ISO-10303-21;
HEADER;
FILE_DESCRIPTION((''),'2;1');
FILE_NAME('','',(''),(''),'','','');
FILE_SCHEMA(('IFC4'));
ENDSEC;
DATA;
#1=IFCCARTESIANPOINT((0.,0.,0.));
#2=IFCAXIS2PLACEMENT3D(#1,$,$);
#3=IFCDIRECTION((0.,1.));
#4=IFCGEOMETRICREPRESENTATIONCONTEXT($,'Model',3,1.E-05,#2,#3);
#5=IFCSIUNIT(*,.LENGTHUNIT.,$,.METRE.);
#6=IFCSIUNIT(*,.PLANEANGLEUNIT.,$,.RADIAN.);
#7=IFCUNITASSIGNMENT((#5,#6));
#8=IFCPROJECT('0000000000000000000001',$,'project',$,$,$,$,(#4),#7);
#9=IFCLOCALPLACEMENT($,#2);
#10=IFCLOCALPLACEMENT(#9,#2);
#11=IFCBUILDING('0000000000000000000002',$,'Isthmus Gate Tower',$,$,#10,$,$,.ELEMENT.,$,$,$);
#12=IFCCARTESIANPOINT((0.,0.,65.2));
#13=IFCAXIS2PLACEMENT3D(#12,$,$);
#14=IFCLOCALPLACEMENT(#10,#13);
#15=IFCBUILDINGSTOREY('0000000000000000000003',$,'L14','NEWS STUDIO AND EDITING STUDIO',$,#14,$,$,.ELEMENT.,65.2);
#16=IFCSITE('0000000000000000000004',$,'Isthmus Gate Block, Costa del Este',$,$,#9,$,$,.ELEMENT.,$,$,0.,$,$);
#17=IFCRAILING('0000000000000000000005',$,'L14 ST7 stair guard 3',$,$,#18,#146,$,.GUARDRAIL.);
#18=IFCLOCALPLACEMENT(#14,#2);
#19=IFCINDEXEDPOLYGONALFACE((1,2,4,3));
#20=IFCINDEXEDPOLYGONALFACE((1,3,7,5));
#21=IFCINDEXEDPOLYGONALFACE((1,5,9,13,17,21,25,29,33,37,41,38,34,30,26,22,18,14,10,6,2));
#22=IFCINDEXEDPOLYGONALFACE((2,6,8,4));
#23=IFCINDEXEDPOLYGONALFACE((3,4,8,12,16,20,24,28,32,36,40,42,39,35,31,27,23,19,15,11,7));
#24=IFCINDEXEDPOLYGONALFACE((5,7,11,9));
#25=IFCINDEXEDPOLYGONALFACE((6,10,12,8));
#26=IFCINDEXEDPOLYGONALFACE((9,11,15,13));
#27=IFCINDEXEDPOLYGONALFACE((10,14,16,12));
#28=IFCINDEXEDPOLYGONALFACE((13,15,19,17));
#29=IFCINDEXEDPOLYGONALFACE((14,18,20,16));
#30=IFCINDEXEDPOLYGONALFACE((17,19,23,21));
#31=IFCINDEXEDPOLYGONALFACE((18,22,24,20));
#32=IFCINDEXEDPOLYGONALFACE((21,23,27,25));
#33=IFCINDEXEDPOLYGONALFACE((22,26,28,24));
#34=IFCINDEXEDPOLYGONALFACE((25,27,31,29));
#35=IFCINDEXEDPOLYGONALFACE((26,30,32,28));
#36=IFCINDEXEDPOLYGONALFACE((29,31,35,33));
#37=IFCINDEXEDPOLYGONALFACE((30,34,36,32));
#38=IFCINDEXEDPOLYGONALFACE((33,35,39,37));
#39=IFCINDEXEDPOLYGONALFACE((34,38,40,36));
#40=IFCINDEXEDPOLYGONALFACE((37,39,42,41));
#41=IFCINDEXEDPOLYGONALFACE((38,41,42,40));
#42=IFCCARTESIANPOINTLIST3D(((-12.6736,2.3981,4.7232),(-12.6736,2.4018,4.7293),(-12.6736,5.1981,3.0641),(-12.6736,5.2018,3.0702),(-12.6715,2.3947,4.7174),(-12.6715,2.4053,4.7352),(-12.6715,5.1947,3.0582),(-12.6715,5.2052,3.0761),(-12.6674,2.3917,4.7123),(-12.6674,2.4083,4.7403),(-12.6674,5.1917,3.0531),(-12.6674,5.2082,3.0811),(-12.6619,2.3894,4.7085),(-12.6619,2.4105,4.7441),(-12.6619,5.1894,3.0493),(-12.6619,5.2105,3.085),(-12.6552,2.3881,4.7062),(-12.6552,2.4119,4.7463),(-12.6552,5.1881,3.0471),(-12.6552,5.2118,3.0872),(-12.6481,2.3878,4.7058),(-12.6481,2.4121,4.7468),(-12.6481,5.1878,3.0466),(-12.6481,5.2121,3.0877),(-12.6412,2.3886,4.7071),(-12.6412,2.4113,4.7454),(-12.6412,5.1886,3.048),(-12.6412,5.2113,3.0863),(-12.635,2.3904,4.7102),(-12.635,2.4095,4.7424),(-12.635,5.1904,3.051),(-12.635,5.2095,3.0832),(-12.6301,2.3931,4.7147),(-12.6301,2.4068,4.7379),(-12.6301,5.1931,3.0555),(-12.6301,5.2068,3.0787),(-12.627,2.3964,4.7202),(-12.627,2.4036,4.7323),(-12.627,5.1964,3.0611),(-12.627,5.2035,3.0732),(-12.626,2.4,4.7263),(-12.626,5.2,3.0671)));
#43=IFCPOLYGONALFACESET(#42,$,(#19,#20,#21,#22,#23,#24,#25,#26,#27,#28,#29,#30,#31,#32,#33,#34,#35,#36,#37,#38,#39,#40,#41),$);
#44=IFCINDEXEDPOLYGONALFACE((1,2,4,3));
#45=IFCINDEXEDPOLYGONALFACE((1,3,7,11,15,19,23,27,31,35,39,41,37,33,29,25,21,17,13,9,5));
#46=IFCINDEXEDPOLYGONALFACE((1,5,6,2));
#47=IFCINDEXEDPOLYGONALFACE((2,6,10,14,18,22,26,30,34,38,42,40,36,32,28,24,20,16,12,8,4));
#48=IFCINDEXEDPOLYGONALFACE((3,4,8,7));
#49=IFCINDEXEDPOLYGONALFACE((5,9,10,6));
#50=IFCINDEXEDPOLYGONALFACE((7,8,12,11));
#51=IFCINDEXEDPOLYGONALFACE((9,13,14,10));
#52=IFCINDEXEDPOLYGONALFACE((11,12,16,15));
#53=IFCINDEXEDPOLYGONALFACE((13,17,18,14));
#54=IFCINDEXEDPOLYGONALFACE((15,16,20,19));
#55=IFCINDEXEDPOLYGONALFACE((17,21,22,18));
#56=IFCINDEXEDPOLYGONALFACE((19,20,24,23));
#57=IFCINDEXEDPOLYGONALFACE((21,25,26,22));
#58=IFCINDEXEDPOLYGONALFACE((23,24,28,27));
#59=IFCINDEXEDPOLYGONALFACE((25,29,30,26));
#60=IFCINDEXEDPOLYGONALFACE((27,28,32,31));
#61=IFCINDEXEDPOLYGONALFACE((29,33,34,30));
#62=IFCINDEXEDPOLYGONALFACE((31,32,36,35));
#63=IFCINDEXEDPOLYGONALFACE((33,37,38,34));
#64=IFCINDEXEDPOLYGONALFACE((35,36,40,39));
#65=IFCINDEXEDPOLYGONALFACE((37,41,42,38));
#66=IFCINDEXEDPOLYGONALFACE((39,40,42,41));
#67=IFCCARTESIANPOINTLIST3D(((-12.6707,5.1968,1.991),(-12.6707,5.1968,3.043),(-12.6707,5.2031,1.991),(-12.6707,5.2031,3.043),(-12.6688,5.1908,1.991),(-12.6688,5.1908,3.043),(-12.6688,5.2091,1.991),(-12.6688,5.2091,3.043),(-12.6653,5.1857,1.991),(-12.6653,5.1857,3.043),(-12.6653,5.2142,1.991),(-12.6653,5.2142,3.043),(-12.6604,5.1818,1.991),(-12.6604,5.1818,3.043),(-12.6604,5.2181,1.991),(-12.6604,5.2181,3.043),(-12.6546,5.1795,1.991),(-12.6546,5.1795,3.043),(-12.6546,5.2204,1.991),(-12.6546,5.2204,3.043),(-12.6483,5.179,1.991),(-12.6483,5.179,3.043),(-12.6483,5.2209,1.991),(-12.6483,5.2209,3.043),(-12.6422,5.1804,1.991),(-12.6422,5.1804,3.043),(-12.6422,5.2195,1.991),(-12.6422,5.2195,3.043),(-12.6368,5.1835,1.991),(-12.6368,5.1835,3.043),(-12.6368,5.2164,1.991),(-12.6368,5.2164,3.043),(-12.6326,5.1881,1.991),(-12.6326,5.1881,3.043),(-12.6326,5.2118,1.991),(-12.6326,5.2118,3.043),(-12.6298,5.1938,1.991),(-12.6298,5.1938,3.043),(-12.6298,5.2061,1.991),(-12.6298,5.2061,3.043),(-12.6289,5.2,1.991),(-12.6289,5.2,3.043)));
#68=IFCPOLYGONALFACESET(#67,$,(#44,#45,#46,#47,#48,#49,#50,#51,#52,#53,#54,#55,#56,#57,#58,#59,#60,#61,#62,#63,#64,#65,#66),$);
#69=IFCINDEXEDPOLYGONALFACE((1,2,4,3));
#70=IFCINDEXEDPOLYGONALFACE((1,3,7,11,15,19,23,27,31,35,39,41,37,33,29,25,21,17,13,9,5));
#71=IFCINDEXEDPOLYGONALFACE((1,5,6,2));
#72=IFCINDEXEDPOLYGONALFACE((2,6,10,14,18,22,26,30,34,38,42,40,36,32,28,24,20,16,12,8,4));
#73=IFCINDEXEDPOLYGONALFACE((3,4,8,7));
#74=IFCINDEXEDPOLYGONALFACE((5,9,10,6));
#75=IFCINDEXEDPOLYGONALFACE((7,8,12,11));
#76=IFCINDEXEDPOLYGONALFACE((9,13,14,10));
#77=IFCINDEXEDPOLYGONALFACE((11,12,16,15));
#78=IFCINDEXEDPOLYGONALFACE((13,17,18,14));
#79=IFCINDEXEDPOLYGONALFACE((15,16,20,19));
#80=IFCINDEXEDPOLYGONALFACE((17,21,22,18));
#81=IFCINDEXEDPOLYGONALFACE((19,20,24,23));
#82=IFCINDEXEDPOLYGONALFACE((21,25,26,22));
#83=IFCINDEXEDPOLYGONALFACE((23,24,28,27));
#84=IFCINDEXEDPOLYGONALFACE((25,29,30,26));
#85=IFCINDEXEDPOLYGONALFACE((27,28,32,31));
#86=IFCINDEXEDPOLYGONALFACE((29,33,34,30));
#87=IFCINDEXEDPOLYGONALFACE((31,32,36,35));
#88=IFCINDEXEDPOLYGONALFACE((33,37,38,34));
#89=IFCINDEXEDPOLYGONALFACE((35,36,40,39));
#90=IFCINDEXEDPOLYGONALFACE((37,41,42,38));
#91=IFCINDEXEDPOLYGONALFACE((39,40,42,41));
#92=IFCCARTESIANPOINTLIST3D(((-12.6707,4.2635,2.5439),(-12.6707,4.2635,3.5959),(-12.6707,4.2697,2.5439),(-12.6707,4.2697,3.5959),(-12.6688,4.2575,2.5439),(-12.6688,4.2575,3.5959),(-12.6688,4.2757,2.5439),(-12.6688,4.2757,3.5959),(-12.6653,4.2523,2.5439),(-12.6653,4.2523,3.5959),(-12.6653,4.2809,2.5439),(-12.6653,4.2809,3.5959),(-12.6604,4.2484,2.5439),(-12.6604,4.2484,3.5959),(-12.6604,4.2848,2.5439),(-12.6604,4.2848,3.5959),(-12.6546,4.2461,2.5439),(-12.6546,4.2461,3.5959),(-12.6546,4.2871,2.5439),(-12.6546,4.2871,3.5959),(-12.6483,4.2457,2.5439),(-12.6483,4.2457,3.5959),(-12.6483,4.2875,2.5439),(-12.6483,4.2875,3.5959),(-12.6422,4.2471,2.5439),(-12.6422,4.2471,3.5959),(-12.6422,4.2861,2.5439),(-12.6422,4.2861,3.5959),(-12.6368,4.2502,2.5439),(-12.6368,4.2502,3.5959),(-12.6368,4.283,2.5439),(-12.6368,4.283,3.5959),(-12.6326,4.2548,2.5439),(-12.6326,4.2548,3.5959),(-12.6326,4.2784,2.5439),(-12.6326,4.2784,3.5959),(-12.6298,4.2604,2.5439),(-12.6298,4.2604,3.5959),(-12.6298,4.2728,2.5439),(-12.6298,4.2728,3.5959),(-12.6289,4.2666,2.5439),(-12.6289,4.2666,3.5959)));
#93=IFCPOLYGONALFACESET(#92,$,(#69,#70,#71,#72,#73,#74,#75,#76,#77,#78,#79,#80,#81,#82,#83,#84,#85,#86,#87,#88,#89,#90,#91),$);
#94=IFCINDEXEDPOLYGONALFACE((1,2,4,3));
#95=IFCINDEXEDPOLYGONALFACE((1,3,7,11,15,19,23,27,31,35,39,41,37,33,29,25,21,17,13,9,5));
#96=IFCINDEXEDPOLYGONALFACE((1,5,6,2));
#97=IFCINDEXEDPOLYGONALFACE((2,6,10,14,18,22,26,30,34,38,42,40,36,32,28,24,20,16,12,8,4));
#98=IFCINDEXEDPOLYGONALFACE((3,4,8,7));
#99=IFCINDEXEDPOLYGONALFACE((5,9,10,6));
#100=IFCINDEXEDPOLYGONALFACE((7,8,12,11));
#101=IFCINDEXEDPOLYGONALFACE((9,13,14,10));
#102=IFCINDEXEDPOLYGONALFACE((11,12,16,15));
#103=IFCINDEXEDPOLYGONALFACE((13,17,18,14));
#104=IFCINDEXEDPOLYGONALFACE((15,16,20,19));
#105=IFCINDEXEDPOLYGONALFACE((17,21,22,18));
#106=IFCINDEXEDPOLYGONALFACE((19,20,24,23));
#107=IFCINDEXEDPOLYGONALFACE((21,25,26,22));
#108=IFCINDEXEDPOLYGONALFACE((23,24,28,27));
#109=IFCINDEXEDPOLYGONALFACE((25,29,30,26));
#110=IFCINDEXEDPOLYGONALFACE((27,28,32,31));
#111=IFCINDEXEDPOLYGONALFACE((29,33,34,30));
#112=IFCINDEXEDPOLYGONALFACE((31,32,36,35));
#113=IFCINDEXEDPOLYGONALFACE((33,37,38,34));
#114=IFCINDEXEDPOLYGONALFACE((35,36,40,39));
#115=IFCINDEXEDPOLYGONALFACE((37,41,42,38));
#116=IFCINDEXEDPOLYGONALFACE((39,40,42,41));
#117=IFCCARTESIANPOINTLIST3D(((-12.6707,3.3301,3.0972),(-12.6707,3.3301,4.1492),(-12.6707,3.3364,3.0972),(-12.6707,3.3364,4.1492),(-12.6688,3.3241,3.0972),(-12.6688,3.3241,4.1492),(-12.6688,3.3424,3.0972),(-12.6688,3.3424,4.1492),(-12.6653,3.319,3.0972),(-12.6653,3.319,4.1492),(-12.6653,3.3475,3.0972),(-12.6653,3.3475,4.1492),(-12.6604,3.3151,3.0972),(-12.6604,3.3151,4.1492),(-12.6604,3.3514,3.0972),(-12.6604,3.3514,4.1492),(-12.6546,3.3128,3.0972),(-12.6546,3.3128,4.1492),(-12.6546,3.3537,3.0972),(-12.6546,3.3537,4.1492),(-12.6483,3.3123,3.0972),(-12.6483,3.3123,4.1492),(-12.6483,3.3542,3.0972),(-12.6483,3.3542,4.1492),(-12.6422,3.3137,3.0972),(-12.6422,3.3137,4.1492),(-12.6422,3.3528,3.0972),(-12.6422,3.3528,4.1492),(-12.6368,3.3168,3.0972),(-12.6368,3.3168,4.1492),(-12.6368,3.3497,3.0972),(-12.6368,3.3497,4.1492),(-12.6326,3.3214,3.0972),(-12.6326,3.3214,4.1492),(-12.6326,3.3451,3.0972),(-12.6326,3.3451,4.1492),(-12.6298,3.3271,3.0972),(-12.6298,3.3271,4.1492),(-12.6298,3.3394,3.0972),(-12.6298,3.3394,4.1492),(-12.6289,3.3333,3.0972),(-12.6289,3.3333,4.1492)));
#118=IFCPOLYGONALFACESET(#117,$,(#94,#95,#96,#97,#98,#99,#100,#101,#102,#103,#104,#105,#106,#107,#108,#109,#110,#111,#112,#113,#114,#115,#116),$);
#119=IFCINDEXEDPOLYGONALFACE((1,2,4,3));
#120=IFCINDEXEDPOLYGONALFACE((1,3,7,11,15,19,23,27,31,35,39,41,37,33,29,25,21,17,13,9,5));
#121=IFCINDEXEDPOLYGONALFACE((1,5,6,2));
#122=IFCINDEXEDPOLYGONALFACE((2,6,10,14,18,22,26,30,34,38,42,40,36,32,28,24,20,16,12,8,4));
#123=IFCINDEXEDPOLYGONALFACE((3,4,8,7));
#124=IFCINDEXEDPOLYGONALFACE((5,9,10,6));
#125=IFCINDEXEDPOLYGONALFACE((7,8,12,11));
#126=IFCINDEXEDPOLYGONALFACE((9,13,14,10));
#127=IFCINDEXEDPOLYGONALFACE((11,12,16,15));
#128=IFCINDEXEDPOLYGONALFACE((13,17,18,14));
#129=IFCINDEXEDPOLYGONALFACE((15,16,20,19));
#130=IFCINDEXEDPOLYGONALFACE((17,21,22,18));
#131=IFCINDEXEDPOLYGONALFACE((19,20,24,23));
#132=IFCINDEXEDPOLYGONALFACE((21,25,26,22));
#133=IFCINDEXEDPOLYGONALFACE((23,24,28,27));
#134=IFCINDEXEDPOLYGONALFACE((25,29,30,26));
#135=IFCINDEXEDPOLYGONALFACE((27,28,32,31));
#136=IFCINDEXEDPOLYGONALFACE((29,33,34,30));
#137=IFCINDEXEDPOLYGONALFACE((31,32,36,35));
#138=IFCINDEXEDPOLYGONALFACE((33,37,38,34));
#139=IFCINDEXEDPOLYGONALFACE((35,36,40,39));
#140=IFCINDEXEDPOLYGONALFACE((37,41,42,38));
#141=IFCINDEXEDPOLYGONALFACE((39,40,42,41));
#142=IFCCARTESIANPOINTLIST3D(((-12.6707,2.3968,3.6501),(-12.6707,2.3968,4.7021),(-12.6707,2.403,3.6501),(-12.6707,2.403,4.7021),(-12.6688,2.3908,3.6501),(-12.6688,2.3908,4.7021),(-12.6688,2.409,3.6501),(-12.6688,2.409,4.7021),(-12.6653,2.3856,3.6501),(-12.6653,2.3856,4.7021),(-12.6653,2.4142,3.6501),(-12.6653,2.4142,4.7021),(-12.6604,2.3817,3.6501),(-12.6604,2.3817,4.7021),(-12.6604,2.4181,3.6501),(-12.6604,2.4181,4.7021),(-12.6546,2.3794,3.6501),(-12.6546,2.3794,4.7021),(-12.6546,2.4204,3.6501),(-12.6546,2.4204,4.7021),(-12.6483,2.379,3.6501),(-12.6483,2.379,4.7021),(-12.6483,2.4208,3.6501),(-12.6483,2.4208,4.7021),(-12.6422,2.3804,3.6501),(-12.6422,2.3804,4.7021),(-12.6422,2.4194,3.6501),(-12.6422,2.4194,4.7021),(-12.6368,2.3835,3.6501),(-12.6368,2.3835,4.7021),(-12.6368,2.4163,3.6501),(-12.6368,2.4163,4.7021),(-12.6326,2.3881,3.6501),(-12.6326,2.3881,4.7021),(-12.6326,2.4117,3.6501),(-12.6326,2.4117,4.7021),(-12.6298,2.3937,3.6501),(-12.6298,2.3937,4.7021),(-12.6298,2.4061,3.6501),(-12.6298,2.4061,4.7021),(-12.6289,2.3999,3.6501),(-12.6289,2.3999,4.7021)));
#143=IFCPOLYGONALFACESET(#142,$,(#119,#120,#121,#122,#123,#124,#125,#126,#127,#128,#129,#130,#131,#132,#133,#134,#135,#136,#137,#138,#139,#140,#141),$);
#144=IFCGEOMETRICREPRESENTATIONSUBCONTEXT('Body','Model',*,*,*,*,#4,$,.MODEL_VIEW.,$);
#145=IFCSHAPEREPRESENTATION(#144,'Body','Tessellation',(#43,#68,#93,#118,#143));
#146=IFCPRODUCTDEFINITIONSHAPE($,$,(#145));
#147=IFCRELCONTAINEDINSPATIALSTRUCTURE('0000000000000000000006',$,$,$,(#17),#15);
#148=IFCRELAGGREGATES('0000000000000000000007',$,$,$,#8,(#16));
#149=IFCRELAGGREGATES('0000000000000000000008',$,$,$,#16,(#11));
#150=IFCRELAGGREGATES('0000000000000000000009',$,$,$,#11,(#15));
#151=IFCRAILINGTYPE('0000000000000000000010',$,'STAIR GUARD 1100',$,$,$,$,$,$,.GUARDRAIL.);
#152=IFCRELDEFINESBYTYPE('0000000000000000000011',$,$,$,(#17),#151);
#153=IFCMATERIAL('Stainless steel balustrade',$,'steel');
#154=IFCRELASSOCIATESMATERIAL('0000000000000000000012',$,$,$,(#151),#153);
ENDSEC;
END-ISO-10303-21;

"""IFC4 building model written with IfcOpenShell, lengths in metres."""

from ifc_helpers import new_model, si_unit, direction, frame, origin, origin_2d, place, context, subcontext, project, spatial, circle, extrude, material, type_object, element, save


model = new_model("IFC4")

# Units and contexts
model_context = context("Model", 3, precision=1e-05, world=origin(), true_north=direction((0.0, 1.0)))
body_context = subcontext(model_context, "Body", "Model", "MODEL_VIEW")
ifc_project = project(units=[si_unit("LENGTHUNIT", "METRE"), si_unit("PLANEANGLEUNIT", "RADIAN")], contexts=[model_context])

# Site, building, storey
site_placement = place(None, origin())
site = spatial("IfcSite", under=ifc_project, at=site_placement, Name="Isthmus Gate Block, Costa del Este", CompositionType="ELEMENT", RefElevation=0.0)
building_placement = place(site_placement, origin())
building = spatial("IfcBuilding", under=site, at=building_placement, Name="Isthmus Gate Tower", CompositionType="ELEMENT")
storey_placement = place(building_placement, frame((0.0, 0.0, 65.2)))
storey = spatial("IfcBuildingStorey", under=building, at=storey_placement, Name="L14", Description="NEWS STUDIO AND EDITING STUDIO", CompositionType="ELEMENT", Elevation=65.2)

# Railing
ifc_material_1 = material(Name="Stainless steel balustrade", Category="steel")
railing_type_1 = type_object("IfcRailingType", Name="STAIR GUARD 1100", PredefinedType="GUARDRAIL", material=ifc_material_1)
railing_1_placement = place(storey_placement, frame((-12.6499, 5.2, 1.991)))
element("IfcRailing", 1, at=railing_1_placement, inside=storey, type_object=railing_type_1, Name="L14 ST7 stair guard 3", PredefinedType="GUARDRAIL", context=body_context, shape_type="SweptSolid", body=[
    extrude(circle(Radius=0.0239, at=origin_2d()), frame((0.0, 0.0, 1.0762), z_axis=(0.0, -0.860306, 0.509778), x_axis=(1.0, 0.0, 0.0)), (0.0, 0.0, 1.0), 3.2546),
    extrude(circle(Radius=0.021, at=origin_2d()), origin(), (0.0, 0.0, 1.0), 1.052),
    extrude(circle(Radius=0.021, at=origin_2d()), frame((0.0, -0.9333, 0.553)), (0.0, 0.0, 1.0), 1.052),
    extrude(circle(Radius=0.021, at=origin_2d()), frame((0.0, -1.8667, 1.1062)), (0.0, 0.0, 1.0), 1.052),
    extrude(circle(Radius=0.021, at=origin_2d()), frame((0.0, -2.8, 1.6592)), (0.0, 0.0, 1.0), 1.052),
])

save(model, "model.ifc")
